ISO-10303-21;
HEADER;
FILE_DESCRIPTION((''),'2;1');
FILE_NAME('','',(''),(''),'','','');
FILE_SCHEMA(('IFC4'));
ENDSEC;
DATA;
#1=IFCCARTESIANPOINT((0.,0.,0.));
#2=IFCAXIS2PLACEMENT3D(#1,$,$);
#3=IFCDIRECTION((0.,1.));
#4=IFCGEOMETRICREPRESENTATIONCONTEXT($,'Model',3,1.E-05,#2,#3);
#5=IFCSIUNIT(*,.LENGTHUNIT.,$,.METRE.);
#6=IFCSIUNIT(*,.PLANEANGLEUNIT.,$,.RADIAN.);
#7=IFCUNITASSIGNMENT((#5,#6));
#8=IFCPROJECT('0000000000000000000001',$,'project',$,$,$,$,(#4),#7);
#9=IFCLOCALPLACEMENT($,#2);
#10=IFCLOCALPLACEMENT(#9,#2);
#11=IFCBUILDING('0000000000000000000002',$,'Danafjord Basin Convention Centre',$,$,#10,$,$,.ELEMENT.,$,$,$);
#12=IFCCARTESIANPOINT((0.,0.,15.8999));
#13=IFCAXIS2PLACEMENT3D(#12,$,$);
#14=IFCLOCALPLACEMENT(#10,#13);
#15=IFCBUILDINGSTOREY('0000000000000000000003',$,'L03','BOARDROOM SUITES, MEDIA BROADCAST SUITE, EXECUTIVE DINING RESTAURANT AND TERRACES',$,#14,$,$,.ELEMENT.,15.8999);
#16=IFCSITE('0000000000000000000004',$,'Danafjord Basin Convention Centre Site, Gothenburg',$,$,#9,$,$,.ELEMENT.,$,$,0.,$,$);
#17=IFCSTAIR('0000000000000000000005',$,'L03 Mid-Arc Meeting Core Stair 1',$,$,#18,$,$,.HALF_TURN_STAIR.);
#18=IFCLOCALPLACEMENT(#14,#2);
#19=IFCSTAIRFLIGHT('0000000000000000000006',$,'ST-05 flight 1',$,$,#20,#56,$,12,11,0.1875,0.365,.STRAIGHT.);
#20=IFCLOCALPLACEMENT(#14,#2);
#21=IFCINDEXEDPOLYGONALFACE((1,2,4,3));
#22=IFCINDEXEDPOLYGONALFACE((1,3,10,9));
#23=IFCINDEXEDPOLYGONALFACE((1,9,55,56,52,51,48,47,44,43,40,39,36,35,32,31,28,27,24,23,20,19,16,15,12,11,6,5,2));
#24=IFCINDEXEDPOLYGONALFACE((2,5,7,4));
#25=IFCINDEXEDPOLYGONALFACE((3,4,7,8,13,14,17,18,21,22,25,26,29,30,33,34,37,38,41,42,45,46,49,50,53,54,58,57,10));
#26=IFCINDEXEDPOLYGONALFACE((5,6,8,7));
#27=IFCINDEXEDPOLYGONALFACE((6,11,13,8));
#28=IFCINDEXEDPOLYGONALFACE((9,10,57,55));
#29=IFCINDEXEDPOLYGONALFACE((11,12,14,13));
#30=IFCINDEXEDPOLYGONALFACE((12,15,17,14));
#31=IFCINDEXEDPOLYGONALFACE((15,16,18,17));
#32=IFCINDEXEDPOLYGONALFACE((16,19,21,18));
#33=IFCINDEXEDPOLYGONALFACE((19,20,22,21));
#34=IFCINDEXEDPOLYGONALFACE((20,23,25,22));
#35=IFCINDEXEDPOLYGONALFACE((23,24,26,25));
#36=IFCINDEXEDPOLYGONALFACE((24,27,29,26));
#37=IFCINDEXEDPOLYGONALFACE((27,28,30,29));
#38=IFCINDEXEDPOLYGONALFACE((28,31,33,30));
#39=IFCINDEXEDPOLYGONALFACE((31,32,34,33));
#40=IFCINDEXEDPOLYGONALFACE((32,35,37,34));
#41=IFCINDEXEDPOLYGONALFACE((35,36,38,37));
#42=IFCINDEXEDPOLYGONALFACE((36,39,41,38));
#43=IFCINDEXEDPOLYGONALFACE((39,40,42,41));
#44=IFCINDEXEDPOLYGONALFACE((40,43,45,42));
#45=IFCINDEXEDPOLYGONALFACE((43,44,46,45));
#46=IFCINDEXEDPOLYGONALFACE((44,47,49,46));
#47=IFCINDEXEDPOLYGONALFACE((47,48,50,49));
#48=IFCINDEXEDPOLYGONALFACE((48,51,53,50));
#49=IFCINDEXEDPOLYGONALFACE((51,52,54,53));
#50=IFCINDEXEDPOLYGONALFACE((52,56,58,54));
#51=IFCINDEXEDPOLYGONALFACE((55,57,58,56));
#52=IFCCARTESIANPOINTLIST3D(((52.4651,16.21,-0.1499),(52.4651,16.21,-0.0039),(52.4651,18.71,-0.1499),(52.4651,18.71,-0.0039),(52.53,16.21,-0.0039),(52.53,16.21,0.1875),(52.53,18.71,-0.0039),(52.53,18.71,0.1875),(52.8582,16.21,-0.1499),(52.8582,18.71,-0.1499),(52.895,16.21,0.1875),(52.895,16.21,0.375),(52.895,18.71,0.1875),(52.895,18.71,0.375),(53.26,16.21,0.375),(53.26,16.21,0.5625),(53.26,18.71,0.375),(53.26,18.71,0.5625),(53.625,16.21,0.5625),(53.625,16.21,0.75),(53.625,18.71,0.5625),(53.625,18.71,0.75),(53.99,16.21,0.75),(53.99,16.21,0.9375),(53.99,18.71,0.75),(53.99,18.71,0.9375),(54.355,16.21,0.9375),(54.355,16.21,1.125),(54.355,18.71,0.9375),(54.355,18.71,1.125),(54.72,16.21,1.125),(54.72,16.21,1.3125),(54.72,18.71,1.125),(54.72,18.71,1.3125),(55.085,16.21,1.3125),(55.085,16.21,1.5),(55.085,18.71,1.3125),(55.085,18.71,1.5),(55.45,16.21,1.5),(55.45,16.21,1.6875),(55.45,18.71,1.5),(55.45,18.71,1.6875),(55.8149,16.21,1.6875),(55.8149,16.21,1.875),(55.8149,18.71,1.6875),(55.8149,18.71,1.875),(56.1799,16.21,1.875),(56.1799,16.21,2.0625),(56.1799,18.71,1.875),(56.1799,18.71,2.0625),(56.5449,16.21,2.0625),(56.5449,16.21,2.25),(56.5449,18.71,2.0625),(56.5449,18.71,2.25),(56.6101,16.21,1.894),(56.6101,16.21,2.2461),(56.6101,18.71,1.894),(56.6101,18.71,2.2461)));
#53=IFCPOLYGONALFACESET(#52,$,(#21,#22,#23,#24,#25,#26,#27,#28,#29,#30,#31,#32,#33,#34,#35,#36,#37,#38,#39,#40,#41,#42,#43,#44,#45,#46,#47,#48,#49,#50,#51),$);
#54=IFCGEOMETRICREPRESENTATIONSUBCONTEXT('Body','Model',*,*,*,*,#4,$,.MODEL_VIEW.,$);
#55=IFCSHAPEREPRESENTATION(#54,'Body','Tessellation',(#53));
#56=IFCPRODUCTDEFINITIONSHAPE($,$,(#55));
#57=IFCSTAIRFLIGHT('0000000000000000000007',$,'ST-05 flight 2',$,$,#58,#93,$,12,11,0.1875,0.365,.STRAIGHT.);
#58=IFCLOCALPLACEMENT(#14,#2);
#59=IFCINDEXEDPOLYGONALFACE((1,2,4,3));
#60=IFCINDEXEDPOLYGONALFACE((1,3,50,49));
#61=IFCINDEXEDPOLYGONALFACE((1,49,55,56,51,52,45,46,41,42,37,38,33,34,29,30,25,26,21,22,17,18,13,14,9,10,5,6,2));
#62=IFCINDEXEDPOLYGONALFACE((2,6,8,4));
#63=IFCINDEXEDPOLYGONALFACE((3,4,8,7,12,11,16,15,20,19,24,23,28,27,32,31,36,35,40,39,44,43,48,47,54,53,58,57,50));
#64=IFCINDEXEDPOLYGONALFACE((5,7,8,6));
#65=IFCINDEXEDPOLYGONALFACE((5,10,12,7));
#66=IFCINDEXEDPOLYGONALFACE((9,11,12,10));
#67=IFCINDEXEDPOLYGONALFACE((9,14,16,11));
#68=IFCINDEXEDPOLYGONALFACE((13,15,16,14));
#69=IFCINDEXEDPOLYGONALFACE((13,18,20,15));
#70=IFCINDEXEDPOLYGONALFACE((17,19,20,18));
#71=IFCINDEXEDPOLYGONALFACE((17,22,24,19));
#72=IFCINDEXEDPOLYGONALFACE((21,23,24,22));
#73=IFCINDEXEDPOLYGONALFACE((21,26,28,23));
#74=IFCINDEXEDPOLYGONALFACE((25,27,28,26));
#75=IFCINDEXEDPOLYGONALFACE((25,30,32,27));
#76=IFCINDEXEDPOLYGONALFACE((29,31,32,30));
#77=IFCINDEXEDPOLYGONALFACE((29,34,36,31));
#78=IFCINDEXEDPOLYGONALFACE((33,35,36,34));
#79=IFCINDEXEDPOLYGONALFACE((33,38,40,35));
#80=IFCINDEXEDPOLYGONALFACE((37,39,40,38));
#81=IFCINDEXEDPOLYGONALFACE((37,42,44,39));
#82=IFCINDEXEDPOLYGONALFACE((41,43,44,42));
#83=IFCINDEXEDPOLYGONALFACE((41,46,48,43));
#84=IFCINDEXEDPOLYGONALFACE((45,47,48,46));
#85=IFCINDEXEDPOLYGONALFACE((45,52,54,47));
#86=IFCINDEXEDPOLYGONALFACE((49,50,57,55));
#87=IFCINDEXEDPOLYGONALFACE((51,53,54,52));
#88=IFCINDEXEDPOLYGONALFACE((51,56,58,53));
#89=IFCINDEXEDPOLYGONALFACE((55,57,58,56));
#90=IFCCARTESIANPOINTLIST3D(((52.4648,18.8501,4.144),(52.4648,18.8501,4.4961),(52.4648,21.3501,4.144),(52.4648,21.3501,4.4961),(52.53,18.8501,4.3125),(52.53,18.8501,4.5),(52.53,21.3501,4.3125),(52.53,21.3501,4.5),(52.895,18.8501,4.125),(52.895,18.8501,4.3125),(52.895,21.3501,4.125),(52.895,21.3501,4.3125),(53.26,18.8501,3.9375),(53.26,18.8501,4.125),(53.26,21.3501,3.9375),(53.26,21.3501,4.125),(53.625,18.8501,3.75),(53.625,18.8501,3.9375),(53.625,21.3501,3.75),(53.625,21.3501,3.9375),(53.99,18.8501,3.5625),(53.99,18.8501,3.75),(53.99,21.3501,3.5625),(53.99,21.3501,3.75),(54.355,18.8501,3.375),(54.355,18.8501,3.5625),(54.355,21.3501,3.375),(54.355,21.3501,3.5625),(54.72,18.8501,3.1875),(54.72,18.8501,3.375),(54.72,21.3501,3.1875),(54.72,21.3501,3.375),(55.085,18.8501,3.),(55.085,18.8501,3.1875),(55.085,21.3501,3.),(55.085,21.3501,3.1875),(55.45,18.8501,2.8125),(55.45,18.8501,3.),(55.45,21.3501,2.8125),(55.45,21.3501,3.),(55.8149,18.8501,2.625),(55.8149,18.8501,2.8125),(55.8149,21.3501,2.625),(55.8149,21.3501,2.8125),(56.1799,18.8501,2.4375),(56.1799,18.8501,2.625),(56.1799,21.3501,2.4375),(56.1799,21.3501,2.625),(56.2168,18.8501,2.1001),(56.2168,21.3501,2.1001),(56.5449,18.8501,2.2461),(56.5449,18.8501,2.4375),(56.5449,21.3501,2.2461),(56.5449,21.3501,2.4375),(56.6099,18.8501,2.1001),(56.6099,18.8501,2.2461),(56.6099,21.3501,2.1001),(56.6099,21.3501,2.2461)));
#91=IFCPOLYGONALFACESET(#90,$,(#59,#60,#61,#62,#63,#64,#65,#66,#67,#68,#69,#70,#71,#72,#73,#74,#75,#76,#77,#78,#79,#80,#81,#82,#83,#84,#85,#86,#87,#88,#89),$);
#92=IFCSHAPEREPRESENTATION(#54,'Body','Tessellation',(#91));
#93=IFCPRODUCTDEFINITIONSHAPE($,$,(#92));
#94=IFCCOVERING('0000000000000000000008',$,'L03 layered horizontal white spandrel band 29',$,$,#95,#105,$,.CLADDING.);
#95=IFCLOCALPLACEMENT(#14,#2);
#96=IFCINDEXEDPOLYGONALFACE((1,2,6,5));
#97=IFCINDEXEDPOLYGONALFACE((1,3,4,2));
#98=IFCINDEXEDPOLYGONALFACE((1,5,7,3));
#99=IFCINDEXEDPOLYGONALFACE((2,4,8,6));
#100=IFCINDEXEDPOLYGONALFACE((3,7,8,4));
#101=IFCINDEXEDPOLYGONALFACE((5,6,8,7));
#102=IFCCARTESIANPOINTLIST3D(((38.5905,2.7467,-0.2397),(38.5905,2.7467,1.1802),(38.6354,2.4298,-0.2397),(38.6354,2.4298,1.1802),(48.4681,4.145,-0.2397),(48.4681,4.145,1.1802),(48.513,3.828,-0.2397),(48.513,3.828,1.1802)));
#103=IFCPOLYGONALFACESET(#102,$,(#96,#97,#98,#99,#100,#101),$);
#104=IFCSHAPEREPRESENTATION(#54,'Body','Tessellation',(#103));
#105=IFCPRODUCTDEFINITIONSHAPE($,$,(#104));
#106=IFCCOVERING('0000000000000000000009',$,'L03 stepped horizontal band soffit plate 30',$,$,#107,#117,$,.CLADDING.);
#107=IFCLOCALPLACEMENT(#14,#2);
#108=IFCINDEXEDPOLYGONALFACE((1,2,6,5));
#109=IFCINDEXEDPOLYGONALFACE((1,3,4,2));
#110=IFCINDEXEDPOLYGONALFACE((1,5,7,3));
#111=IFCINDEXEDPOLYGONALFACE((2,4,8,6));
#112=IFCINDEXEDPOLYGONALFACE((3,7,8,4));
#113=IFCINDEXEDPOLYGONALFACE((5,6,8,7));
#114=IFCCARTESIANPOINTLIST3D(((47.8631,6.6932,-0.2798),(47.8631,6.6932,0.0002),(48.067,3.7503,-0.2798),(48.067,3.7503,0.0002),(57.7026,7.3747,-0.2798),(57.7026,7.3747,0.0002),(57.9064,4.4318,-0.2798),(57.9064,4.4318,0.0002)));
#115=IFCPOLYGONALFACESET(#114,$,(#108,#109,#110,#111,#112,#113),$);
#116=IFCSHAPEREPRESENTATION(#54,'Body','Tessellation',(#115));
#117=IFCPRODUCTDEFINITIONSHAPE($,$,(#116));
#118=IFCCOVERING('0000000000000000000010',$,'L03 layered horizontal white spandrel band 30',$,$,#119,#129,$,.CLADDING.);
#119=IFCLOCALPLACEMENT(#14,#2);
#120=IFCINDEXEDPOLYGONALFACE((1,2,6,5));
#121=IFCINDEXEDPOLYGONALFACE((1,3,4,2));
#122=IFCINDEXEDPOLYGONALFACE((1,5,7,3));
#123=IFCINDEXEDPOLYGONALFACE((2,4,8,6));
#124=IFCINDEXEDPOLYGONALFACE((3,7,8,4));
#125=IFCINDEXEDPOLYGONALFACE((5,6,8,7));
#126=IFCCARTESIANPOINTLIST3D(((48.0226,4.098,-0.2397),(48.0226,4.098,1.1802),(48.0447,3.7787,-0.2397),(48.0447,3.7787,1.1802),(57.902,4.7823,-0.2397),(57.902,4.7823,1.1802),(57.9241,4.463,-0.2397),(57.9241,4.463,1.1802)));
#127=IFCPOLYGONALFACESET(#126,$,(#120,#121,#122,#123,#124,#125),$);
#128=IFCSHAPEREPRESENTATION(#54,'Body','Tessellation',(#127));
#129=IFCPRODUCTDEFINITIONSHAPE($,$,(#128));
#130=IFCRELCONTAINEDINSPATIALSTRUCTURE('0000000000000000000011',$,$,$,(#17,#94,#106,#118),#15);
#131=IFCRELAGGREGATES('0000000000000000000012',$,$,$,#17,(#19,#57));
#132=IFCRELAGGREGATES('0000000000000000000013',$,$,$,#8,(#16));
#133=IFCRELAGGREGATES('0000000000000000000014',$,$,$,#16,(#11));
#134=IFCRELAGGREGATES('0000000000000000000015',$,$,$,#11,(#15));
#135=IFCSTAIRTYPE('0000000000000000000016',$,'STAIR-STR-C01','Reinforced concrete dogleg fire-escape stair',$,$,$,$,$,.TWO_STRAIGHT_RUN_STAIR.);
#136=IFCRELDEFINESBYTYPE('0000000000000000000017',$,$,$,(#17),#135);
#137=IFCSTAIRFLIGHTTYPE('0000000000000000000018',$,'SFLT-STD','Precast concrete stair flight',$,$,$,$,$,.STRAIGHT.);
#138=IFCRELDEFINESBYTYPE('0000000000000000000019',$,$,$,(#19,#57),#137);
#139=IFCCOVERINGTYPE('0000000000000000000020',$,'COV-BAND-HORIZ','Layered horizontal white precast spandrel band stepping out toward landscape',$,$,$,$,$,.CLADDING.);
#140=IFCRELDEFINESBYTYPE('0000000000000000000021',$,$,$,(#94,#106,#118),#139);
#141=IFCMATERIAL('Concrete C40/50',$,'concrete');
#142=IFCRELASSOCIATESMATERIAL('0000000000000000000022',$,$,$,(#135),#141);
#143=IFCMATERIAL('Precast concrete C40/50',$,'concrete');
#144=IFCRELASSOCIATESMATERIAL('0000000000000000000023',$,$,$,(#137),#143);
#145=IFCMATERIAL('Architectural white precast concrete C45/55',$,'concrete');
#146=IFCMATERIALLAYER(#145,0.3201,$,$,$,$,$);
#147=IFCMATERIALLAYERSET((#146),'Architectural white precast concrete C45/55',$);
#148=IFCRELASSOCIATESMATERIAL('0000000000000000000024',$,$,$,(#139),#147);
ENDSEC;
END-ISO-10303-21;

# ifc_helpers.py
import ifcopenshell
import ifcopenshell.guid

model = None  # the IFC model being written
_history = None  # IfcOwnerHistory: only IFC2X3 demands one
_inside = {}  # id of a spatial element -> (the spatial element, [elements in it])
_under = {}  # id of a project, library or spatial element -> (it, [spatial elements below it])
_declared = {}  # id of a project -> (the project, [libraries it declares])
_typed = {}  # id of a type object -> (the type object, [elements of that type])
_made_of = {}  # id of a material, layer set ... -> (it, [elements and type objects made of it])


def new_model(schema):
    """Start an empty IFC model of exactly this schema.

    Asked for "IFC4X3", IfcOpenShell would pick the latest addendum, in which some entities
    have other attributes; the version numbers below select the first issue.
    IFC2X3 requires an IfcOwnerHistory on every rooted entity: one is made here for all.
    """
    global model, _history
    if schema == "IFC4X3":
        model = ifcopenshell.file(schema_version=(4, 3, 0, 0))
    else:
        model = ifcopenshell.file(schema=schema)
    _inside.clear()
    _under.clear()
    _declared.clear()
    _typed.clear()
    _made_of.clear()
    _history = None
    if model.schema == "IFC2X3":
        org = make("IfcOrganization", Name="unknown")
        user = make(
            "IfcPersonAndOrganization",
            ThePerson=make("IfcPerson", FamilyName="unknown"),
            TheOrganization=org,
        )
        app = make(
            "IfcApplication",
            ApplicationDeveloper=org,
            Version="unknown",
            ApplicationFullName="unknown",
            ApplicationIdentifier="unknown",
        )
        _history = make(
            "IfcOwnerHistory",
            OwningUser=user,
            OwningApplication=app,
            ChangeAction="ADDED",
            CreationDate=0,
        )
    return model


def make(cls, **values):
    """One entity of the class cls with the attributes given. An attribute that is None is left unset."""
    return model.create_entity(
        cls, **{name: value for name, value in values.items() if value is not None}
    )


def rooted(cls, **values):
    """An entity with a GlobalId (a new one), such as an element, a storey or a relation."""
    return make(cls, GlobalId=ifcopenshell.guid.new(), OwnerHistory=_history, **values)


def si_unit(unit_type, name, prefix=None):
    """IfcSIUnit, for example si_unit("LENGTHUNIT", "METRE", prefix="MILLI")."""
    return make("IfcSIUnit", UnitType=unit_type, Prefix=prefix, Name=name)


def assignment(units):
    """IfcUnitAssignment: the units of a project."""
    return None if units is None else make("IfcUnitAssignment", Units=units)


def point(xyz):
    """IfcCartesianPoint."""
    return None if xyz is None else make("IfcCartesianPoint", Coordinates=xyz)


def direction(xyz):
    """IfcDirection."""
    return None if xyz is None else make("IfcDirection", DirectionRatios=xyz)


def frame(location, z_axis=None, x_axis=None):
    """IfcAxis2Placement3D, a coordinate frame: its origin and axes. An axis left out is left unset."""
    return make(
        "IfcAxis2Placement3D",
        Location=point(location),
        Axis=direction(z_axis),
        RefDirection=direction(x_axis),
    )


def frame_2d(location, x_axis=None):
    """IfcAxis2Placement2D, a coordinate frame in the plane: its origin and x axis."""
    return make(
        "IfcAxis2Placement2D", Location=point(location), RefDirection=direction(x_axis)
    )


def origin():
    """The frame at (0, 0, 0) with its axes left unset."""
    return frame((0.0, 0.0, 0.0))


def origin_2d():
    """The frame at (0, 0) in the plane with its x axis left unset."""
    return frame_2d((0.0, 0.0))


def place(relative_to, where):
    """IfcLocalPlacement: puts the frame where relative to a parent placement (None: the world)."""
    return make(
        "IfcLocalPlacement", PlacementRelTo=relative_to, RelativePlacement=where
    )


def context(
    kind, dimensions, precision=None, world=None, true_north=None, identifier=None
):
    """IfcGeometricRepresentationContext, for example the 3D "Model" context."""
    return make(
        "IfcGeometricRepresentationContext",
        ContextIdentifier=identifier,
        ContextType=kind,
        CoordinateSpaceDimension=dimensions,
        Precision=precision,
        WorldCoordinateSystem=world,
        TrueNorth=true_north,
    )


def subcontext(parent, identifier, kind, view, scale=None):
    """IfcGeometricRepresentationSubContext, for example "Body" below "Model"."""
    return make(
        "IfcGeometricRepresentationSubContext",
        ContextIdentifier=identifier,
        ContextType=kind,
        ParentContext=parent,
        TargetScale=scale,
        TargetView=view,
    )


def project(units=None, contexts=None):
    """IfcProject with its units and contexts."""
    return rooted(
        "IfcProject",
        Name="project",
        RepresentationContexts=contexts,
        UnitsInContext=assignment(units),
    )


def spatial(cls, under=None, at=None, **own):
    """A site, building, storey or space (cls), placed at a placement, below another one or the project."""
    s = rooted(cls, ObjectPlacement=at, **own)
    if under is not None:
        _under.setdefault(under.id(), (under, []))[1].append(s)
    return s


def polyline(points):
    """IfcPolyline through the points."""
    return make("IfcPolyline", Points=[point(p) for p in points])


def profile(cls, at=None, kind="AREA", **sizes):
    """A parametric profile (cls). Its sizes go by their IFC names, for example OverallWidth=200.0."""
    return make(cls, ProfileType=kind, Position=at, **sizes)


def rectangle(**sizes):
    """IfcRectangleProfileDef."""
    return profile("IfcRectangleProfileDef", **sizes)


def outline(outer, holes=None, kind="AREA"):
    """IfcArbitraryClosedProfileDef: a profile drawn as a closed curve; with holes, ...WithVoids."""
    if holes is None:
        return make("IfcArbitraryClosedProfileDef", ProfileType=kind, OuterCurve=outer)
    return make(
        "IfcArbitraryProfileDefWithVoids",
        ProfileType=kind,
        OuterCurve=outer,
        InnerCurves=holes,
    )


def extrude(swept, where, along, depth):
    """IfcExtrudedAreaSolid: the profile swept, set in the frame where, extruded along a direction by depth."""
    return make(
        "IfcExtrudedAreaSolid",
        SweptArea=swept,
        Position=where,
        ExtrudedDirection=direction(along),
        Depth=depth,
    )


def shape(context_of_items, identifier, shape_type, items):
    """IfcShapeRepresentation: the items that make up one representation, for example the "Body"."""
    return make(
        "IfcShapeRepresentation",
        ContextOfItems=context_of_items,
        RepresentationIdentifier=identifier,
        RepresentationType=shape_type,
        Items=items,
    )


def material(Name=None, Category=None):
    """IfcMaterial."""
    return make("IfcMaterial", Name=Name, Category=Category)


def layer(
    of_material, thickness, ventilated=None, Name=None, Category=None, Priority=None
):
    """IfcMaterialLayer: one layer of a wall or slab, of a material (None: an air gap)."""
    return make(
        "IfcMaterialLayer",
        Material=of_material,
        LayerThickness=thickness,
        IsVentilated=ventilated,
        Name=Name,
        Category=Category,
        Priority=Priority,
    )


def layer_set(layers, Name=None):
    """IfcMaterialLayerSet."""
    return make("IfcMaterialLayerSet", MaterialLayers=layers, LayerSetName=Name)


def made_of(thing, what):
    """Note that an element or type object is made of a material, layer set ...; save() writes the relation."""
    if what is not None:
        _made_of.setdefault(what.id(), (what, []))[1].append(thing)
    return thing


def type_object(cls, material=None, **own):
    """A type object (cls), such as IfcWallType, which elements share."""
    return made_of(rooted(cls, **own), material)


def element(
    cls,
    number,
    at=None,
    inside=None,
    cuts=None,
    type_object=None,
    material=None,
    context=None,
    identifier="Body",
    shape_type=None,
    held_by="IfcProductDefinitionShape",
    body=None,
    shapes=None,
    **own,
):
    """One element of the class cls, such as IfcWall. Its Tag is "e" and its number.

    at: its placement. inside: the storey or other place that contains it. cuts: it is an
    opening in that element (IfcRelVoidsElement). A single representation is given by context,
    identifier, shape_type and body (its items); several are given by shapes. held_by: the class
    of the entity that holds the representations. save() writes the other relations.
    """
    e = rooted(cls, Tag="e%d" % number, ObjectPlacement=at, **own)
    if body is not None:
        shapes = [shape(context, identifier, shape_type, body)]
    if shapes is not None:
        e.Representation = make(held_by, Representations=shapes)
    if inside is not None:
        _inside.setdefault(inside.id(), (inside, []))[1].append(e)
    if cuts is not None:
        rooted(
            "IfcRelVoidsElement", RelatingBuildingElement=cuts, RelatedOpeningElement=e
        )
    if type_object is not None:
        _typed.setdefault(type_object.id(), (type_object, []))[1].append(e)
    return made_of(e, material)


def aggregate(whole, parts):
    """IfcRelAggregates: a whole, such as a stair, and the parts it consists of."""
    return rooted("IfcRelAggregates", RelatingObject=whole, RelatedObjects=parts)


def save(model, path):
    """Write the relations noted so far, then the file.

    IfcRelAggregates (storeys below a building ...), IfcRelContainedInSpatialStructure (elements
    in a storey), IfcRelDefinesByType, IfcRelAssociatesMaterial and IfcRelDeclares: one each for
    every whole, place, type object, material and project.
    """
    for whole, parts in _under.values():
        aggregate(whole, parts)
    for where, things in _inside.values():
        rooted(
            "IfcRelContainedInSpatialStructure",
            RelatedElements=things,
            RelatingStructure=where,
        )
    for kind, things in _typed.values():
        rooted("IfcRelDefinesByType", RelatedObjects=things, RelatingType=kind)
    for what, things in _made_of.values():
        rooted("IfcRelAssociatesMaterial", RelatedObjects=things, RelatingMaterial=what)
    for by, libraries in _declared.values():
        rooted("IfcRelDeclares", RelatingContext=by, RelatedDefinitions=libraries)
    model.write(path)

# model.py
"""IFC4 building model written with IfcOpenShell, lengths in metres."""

from ifc_helpers import new_model, si_unit, direction, frame, origin, origin_2d, place, context, subcontext, project, spatial, polyline, rectangle, outline, extrude, material, layer, layer_set, type_object, element, aggregate, save


model = new_model("IFC4")

# Units and contexts
model_context = context("Model", 3, precision=1e-05, world=origin(), true_north=direction((0.0, 1.0)))
body_context = subcontext(model_context, "Body", "Model", "MODEL_VIEW")
ifc_project = project(units=[si_unit("LENGTHUNIT", "METRE"), si_unit("PLANEANGLEUNIT", "RADIAN")], contexts=[model_context])

# Site, building, storey
site_placement = place(None, origin())
site = spatial("IfcSite", under=ifc_project, at=site_placement, Name="Danafjord Basin Convention Centre Site, Gothenburg", CompositionType="ELEMENT", RefElevation=0.0)
building_placement = place(site_placement, origin())
building = spatial("IfcBuilding", under=site, at=building_placement, Name="Danafjord Basin Convention Centre", CompositionType="ELEMENT")
storey_placement = place(building_placement, frame((0.0, 0.0, 15.8999)))
storey = spatial("IfcBuildingStorey", under=building, at=storey_placement, Name="L03", Description="BOARDROOM SUITES, MEDIA BROADCAST SUITE, EXECUTIVE DINING RESTAURANT AND TERRACES", CompositionType="ELEMENT", Elevation=15.8999)

# Shared definitions
ifc_material_1 = material(Name="Concrete C40/50", Category="concrete")

# Stair, stair flights
stair_type = type_object("IfcStairType", Name="STAIR-STR-C01", Description="Reinforced concrete dogleg fire-escape stair", PredefinedType="TWO_STRAIGHT_RUN_STAIR", material=ifc_material_1)
stair_placement = place(storey_placement, origin())
stair = element("IfcStair", 1, at=stair_placement, inside=storey, type_object=stair_type, Name="L03 Mid-Arc Meeting Core Stair 1", PredefinedType="HALF_TURN_STAIR")
ifc_material_2 = material(Name="Precast concrete C40/50", Category="concrete")
stair_flight_type = type_object("IfcStairFlightType", Name="SFLT-STD", Description="Precast concrete stair flight", PredefinedType="STRAIGHT", material=ifc_material_2)
stair_flight_1_placement = place(storey_placement, frame((52.53, 17.46, 0.0), z_axis=(0.0, 0.0, 1.0), x_axis=(1.0, 0.0, 0.0)))
stair_flight_1 = element("IfcStairFlight", 2, at=stair_flight_1_placement, type_object=stair_flight_type, Name="ST-05 flight 1", NumberOfRisers=12, NumberOfTreads=11, PredefinedType="STRAIGHT", RiserHeight=0.1875, TreadLength=0.365, context=body_context, shape_type="SweptSolid", body=[
    extrude(outline(polyline([(-0.0649, -0.1499), (-0.0649, -0.0039), (0.0, -0.0039), (0.0, 0.1875), (0.365, 0.1875), (0.365, 0.375), (0.73, 0.375), (0.73, 0.5625), (1.095, 0.5625), (1.095, 0.75), (1.46, 0.75), (1.46, 0.9375), (1.825, 0.9375), (1.825, 1.125), (2.1899, 1.125), (2.1899, 1.3125), (2.5549, 1.3125), (2.5549, 1.5), (2.9199, 1.5), (2.9199, 1.6875), (3.2849, 1.6875), (3.2849, 1.875), (3.6499, 1.875), (3.6499, 2.0625), (4.0149, 2.0625), (4.0149, 2.25), (4.0801, 2.2461), (4.0801, 1.894), (0.3281, -0.1499), (-0.0649, -0.1499)])), frame((0.0, 1.25, 0.0), z_axis=(0.0, -1.0, 0.0), x_axis=(1.0, 0.0, 0.0)), (0.0, 0.0, 1.0), 2.5),
])
stair_flight_2_placement = place(storey_placement, frame((56.5449, 20.1001, 2.25), z_axis=(0.0, 0.0, 1.0), x_axis=(-1.0, 0.0, 0.0)))
stair_flight_2 = element("IfcStairFlight", 3, at=stair_flight_2_placement, type_object=stair_flight_type, Name="ST-05 flight 2", NumberOfRisers=12, NumberOfTreads=11, PredefinedType="STRAIGHT", RiserHeight=0.1875, TreadLength=0.365, context=body_context, shape_type="SweptSolid", body=[
    extrude(outline(polyline([(-0.0649, -0.1499), (-0.0649, -0.0039), (0.0, -0.0039), (0.0, 0.1875), (0.365, 0.1875), (0.365, 0.375), (0.73, 0.375), (0.73, 0.5625), (1.095, 0.5625), (1.095, 0.75), (1.46, 0.75), (1.46, 0.9375), (1.825, 0.9375), (1.825, 1.125), (2.1899, 1.125), (2.1899, 1.3125), (2.5549, 1.3125), (2.5549, 1.5), (2.9199, 1.5), (2.9199, 1.6875), (3.2849, 1.6875), (3.2849, 1.875), (3.6499, 1.875), (3.6499, 2.0625), (4.0149, 2.0625), (4.0149, 2.25), (4.0801, 2.2461), (4.0801, 1.894), (0.3281, -0.1499), (-0.0649, -0.1499)])), frame((0.0, 1.25, 0.0), z_axis=(0.0, -1.0, 0.0), x_axis=(1.0, 0.0, 0.0)), (0.0, 0.0, 1.0), 2.5),
])
aggregate(stair, [stair_flight_1, stair_flight_2])

# Coverings
ifc_material_3 = material(Name="Architectural white precast concrete C45/55", Category="concrete")
ifc_layer_1 = layer(ifc_material_3, 0.3201)
ifc_layer_set_1 = layer_set([ifc_layer_1], Name="Architectural white precast concrete C45/55")
covering_type = type_object("IfcCoveringType", Name="COV-BAND-HORIZ", Description="Layered horizontal white precast spandrel band stepping out toward landscape", PredefinedType="CLADDING", material=ifc_layer_set_1)
covering_1_placement = place(storey_placement, frame((43.5518, 3.2874, -0.2397), z_axis=(0.0, 0.0, 1.0), x_axis=(0.990128, 0.140165, 0.0)))
element("IfcCovering", 4, at=covering_1_placement, inside=storey, type_object=covering_type, Name="L03 layered horizontal white spandrel band 29", PredefinedType="CLADDING", context=body_context, shape_type="SweptSolid", body=[
    extrude(rectangle(XDim=9.9761, YDim=0.3201, at=origin_2d()), origin(), (0.0, 0.0, 1.0), 1.4199),
])
covering_2_placement = place(storey_placement, frame((52.8848, 5.5625, -0.2798), z_axis=(0.0, 0.0, 1.0), x_axis=(0.997609, 0.069105, 0.0)))
element("IfcCovering", 5, at=covering_2_placement, inside=storey, type_object=covering_type, Name="L03 stepped horizontal band soffit plate 30", PredefinedType="CLADDING", context=body_context, shape_type="SweptSolid", body=[
    extrude(rectangle(XDim=9.863, YDim=2.95, at=origin_2d()), origin(), (0.0, 0.0, 1.0), 0.28),
])
covering_3_placement = place(storey_placement, frame((52.9734, 4.2805, -0.2397), z_axis=(0.0, 0.0, 1.0), x_axis=(0.997609, 0.069105, 0.0)))
element("IfcCovering", 6, at=covering_3_placement, inside=storey, type_object=covering_type, Name="L03 layered horizontal white spandrel band 30", PredefinedType="CLADDING", context=body_context, shape_type="SweptSolid", body=[
    extrude(rectangle(XDim=9.9031, YDim=0.3201, at=origin_2d()), origin(), (0.0, 0.0, 1.0), 1.4199),
])

save(model, "model.ifc")
